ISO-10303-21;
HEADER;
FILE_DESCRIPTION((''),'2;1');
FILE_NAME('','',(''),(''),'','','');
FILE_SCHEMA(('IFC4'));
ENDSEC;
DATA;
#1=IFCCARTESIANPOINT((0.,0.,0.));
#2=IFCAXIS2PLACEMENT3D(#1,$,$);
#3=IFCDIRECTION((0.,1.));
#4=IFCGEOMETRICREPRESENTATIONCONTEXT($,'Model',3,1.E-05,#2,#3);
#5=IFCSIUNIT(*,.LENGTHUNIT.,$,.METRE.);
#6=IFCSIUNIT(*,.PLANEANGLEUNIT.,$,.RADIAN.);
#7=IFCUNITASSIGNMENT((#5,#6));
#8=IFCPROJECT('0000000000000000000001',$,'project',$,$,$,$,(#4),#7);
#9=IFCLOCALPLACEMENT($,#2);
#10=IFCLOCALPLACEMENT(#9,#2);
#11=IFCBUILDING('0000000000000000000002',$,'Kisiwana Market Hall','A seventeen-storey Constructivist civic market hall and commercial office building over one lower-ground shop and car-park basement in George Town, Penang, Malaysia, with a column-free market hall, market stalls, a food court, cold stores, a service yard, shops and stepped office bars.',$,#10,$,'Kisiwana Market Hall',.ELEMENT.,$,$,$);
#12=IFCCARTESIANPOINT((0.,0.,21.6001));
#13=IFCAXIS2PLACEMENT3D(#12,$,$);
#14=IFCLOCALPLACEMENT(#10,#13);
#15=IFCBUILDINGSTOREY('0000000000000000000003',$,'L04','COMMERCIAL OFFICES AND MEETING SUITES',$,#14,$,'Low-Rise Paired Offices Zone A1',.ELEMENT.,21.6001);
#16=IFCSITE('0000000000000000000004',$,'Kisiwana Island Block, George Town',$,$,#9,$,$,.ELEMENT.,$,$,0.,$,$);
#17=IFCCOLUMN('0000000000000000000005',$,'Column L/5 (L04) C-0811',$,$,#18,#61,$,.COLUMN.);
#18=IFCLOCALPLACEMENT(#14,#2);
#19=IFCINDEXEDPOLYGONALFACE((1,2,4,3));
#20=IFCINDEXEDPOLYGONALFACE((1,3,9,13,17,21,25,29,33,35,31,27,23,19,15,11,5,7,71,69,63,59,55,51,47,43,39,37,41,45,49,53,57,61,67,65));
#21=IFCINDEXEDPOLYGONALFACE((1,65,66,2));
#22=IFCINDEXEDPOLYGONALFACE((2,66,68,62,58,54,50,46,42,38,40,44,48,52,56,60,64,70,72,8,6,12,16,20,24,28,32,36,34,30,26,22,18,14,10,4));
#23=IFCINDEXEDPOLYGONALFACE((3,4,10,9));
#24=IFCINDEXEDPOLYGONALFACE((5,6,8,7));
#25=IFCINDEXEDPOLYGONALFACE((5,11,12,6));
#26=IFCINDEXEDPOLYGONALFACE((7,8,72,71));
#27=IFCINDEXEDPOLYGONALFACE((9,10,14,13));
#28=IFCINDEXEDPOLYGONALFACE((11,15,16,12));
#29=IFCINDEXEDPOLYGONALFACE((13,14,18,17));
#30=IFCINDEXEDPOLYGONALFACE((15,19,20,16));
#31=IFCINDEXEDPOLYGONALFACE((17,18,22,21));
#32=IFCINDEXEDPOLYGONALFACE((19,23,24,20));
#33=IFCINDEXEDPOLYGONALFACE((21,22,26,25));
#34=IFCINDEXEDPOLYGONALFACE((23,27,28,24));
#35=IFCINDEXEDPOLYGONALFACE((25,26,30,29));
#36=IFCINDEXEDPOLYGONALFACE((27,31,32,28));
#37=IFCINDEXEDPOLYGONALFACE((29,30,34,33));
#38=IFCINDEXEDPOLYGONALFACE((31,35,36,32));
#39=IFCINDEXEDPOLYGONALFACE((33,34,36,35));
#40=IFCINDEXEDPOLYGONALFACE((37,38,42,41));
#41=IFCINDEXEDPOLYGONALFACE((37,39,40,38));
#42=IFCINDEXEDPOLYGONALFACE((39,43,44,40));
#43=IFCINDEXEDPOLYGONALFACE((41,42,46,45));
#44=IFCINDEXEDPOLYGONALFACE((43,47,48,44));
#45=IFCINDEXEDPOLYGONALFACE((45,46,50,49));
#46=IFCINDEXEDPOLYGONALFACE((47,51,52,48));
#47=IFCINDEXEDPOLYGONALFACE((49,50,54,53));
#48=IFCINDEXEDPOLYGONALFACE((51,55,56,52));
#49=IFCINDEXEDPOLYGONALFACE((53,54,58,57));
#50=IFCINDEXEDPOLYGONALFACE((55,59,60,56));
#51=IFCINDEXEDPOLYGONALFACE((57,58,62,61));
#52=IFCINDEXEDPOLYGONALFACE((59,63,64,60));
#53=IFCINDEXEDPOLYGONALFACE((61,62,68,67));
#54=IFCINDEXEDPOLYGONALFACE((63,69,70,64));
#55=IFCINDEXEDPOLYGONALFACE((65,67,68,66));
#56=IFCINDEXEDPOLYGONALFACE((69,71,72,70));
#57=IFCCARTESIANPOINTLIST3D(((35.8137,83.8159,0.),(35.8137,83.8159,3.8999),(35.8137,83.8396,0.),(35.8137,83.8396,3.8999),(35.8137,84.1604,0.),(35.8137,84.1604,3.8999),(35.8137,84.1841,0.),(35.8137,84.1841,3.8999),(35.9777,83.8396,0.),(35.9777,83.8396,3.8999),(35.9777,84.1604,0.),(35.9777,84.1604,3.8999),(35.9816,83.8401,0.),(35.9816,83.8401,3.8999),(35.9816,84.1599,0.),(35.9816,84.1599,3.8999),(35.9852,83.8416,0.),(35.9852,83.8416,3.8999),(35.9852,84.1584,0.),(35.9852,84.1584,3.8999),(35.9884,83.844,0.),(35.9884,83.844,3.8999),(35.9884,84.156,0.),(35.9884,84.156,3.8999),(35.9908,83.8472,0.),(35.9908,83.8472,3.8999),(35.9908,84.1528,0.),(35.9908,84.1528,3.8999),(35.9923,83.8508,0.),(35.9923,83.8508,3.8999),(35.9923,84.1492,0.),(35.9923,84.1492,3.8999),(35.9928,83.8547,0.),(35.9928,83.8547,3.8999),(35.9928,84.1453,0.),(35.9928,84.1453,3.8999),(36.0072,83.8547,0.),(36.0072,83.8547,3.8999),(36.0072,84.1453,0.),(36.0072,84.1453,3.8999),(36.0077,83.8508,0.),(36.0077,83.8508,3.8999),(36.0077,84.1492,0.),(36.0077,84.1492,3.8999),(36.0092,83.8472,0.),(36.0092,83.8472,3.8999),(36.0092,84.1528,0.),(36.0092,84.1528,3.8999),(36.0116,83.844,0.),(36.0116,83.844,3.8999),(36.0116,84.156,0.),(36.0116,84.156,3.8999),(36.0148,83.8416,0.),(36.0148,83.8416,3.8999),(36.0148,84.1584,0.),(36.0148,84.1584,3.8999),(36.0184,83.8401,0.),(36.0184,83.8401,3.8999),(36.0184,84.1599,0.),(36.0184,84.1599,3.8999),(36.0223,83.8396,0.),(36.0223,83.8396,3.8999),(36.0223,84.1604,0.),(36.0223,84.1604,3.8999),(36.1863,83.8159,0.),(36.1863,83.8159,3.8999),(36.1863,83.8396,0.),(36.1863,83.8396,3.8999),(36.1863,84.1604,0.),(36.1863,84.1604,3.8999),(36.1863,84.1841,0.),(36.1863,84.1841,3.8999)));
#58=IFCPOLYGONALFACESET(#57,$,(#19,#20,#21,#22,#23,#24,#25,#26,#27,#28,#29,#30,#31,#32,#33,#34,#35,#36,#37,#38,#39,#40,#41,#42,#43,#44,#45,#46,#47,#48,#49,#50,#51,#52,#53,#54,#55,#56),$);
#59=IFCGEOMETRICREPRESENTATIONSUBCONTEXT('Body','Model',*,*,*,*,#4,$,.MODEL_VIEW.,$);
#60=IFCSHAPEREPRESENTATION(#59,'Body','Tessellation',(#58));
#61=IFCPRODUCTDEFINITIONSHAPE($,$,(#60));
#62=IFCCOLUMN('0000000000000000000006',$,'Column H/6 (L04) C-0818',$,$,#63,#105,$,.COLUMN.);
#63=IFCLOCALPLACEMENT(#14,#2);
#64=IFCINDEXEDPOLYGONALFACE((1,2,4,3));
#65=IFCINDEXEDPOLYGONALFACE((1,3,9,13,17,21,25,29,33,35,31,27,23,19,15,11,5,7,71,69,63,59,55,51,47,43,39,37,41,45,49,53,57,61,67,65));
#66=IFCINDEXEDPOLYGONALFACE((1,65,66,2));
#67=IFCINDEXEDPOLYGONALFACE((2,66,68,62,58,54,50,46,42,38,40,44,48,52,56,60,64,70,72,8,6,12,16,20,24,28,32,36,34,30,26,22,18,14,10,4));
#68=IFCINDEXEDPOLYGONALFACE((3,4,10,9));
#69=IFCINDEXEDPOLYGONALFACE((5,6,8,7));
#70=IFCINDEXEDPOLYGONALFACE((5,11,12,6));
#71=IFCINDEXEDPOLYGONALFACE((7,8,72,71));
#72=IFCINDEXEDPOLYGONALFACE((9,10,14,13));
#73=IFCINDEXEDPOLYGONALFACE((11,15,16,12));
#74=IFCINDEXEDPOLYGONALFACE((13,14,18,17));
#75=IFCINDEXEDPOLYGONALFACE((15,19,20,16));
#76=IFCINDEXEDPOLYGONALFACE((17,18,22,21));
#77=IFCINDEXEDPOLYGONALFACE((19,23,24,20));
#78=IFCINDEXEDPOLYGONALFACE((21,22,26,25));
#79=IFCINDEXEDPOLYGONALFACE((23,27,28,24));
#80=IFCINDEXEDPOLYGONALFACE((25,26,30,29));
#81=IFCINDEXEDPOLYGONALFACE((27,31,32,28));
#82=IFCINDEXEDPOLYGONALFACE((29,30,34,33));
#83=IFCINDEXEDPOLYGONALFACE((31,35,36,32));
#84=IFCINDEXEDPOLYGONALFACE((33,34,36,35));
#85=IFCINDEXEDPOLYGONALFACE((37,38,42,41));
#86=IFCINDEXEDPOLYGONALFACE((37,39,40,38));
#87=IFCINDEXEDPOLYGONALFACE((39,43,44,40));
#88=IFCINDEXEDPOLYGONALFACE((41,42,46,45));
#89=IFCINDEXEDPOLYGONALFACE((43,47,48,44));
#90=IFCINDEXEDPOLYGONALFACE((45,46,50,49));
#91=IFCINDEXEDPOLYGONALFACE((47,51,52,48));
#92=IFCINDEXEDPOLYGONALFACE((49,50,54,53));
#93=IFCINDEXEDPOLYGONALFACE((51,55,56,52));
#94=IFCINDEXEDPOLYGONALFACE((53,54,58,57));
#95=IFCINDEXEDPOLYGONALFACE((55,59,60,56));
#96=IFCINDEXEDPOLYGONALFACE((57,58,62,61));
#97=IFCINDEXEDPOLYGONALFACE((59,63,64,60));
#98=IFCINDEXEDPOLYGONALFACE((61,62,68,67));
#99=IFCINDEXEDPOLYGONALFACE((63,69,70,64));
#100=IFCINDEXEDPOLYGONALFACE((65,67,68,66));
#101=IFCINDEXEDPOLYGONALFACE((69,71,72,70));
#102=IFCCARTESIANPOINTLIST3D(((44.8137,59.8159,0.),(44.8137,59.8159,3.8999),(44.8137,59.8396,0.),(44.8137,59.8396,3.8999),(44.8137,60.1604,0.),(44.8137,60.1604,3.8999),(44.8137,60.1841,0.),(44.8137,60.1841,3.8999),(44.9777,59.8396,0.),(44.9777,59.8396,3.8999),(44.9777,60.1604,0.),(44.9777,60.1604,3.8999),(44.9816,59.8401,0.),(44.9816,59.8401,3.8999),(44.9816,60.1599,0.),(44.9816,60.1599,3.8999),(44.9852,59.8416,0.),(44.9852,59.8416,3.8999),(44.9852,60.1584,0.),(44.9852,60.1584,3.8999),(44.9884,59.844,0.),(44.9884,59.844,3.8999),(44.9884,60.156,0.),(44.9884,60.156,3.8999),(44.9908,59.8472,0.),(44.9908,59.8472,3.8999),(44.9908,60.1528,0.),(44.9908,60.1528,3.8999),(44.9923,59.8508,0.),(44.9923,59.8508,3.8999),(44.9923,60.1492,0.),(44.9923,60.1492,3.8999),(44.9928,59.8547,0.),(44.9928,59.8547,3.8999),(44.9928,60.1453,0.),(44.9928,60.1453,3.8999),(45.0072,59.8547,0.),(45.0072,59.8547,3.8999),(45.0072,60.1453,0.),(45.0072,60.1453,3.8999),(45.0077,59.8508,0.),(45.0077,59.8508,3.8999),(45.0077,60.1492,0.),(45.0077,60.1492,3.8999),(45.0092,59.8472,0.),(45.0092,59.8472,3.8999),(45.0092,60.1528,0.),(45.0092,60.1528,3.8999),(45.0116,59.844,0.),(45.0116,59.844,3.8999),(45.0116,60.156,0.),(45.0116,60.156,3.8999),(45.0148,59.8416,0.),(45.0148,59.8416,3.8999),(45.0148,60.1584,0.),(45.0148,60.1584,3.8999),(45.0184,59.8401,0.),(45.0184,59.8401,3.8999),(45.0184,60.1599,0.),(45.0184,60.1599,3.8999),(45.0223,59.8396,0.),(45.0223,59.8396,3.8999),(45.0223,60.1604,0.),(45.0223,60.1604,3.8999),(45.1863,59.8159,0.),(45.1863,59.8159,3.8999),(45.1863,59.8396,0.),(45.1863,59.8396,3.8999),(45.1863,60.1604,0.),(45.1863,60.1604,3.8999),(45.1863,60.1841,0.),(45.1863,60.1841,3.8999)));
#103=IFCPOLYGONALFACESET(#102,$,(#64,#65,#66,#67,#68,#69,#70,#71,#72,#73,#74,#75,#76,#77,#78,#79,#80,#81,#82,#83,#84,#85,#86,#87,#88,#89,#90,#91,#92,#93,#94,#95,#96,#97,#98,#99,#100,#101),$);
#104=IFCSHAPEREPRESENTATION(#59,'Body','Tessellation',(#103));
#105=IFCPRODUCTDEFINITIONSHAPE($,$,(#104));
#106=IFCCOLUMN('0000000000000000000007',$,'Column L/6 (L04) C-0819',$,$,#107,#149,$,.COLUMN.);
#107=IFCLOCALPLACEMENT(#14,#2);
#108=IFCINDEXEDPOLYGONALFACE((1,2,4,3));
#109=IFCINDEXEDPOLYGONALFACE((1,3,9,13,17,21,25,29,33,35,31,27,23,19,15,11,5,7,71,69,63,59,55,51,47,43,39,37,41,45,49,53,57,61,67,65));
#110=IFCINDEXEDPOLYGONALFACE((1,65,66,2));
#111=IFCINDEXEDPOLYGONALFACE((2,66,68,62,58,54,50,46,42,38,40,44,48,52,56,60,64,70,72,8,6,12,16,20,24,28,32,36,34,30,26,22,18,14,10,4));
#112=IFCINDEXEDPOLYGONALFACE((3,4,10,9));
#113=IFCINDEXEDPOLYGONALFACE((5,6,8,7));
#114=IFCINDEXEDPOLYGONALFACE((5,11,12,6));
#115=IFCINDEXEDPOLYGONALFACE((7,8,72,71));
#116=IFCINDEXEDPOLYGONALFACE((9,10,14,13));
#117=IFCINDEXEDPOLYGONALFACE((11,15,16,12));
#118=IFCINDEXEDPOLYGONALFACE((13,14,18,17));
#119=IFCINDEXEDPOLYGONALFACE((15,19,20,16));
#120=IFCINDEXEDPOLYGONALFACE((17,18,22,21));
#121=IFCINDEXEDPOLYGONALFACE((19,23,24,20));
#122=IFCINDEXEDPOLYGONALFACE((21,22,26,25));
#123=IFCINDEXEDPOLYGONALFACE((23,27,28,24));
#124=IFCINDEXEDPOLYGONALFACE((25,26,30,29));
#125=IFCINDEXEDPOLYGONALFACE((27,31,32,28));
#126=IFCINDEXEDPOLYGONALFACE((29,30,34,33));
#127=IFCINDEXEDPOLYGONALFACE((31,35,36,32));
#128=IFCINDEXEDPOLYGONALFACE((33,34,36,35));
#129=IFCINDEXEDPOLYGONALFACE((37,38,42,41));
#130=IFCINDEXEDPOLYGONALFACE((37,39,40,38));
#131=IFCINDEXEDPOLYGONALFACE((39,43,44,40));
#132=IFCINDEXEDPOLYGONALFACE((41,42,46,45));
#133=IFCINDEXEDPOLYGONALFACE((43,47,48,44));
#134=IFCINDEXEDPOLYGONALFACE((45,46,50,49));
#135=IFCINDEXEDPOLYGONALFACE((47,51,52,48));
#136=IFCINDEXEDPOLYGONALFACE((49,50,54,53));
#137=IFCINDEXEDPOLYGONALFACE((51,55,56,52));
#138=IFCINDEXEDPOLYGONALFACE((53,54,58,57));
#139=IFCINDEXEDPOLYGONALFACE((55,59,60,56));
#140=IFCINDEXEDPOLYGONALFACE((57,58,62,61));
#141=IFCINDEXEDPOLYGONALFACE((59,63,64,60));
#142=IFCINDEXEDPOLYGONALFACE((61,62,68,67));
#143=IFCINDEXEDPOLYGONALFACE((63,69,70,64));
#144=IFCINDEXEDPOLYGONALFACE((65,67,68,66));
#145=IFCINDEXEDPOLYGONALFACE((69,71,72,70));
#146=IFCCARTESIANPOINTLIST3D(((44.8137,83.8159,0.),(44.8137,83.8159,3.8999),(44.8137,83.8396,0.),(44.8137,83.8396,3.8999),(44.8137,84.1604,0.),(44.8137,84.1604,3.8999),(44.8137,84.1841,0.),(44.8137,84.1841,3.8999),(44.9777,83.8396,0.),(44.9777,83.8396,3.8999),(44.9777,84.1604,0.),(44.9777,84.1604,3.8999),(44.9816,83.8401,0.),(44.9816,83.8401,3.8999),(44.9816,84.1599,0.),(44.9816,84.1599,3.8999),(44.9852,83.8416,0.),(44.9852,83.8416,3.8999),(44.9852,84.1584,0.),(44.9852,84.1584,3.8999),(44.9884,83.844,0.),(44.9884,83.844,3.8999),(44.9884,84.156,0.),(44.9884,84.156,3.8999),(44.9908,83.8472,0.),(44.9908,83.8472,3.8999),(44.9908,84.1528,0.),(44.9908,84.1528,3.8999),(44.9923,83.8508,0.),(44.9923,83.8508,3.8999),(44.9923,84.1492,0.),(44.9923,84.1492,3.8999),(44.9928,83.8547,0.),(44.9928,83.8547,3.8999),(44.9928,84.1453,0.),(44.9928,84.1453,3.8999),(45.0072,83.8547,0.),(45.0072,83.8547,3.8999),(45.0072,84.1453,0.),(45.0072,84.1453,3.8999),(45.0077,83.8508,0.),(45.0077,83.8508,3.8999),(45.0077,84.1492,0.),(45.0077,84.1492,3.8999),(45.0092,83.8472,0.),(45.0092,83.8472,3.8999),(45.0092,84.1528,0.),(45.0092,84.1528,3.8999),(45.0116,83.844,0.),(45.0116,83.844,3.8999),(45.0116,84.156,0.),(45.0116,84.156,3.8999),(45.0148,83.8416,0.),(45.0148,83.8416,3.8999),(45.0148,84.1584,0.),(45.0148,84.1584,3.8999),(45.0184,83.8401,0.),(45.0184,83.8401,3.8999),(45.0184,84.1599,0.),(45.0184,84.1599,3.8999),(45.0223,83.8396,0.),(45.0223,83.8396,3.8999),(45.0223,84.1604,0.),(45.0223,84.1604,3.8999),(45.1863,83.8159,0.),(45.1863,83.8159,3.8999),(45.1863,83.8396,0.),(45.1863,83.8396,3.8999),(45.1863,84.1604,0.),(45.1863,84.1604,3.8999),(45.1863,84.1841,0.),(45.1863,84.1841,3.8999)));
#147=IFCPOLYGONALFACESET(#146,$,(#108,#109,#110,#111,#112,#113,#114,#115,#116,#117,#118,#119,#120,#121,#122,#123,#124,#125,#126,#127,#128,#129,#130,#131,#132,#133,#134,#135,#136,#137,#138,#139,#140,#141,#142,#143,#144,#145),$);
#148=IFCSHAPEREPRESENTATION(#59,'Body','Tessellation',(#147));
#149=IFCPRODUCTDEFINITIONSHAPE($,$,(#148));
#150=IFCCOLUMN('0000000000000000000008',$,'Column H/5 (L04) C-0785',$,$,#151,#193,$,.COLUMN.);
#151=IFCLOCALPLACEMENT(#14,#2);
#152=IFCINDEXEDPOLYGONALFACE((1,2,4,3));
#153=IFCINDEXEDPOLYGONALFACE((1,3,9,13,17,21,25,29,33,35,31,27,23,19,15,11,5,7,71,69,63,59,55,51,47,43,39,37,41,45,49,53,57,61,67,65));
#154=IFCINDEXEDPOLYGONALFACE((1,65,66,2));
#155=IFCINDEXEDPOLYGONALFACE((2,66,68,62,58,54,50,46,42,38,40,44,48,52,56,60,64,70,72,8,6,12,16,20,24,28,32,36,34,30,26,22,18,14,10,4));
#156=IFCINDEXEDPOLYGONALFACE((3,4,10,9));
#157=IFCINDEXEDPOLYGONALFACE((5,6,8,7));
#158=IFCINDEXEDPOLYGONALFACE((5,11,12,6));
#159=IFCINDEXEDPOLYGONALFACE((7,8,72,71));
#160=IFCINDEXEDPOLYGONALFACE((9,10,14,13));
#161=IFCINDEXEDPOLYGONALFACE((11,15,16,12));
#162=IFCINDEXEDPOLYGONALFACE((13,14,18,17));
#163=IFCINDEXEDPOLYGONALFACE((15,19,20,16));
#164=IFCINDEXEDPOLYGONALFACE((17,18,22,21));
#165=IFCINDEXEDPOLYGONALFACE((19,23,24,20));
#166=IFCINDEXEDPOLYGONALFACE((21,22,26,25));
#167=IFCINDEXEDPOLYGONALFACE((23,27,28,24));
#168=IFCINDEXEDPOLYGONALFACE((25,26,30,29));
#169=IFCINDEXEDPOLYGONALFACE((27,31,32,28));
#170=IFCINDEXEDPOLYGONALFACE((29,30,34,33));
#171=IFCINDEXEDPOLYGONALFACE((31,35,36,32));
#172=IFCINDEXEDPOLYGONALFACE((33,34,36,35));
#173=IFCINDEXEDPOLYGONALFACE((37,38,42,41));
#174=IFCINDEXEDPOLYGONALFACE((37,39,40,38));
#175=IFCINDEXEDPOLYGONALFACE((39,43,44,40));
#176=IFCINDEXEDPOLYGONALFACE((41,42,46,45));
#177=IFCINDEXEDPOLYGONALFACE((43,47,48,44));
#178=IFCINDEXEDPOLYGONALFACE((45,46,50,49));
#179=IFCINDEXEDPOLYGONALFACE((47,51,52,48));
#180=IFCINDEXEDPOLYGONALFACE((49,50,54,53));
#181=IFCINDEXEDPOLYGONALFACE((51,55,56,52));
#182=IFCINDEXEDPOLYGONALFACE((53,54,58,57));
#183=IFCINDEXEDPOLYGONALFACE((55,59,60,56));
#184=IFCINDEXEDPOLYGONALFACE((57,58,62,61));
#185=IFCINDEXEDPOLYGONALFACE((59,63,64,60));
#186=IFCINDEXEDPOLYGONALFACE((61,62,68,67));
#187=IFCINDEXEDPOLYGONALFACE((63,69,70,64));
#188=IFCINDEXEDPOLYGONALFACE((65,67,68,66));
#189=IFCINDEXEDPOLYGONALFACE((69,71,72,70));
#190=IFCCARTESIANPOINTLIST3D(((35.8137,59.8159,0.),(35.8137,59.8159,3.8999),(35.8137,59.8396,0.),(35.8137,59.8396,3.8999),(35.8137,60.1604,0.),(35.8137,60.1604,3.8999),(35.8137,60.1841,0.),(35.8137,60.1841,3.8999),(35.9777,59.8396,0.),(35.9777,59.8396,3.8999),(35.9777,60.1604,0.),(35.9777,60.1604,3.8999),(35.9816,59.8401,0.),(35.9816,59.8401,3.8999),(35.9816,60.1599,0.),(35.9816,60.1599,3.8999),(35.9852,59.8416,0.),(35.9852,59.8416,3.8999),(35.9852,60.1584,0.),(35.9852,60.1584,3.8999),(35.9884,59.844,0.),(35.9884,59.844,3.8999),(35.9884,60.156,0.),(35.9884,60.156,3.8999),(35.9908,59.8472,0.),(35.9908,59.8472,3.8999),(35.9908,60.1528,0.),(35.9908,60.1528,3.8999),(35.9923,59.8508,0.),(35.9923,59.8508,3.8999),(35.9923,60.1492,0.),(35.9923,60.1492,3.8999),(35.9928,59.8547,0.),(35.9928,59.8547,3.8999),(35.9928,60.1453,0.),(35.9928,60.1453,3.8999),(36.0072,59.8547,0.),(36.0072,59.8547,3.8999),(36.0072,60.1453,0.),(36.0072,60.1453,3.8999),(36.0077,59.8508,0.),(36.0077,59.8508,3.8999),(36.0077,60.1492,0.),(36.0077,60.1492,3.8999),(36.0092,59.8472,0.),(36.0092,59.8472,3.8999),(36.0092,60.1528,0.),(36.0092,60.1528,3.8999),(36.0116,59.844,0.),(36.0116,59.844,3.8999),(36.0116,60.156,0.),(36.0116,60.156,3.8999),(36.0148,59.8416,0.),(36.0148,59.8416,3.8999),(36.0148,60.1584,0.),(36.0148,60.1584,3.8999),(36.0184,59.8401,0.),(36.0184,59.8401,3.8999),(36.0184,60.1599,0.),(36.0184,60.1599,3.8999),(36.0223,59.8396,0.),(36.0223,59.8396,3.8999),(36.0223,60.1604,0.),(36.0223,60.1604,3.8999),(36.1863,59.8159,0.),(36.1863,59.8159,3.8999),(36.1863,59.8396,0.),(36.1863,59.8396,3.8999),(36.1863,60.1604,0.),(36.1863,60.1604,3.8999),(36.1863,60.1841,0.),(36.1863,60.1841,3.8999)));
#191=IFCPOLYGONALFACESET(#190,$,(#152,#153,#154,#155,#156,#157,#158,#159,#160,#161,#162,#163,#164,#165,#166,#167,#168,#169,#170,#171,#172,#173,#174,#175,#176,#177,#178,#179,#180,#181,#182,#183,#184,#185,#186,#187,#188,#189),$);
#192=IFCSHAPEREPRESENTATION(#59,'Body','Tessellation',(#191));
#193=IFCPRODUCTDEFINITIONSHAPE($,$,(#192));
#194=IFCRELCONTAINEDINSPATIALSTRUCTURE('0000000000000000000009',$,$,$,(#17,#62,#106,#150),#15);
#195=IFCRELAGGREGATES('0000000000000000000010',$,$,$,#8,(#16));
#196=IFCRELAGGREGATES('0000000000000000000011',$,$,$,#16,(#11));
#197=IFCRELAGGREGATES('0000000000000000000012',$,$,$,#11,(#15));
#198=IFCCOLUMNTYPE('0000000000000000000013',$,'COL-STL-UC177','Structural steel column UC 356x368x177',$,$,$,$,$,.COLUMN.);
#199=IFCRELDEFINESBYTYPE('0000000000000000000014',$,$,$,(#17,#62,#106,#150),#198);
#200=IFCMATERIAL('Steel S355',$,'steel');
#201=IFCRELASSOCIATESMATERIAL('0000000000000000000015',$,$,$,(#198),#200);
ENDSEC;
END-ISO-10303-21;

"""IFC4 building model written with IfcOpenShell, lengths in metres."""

from ifc_helpers import new_model, si_unit, direction, frame, origin, origin_2d, place, context, subcontext, project, spatial, i_section, extrude, material, material_profile, profile_set, type_object, element, save


model = new_model("IFC4")

# Units and contexts
model_context = context("Model", 3, precision=1e-05, world=origin(), true_north=direction((0.0, 1.0)))
body_context = subcontext(model_context, "Body", "Model", "MODEL_VIEW")
ifc_project = project(units=[si_unit("LENGTHUNIT", "METRE"), si_unit("PLANEANGLEUNIT", "RADIAN")], contexts=[model_context])

# Site, building, storey
site_placement = place(None, origin())
site = spatial("IfcSite", under=ifc_project, at=site_placement, Name="Kisiwana Island Block, George Town", CompositionType="ELEMENT", RefElevation=0.0)
building_placement = place(site_placement, origin())
building = spatial("IfcBuilding", under=site, at=building_placement, Name="Kisiwana Market Hall", Description="A seventeen-storey Constructivist civic market hall and commercial office building over one lower-ground shop and car-park basement in George Town, Penang, Malaysia, with a column-free market hall, market stalls, a food court, cold stores, a service yard, shops and stepped office bars.", LongName="Kisiwana Market Hall", CompositionType="ELEMENT")
storey_placement = place(building_placement, frame((0.0, 0.0, 21.6001)))
storey = spatial("IfcBuildingStorey", under=building, at=storey_placement, Name="L04", Description="COMMERCIAL OFFICES AND MEETING SUITES", LongName="Low-Rise Paired Offices Zone A1", CompositionType="ELEMENT", Elevation=21.6001)

# Columns
ifc_material_1 = material(Name="Steel S355", Category="steel")
ifc_material_profile_1 = material_profile(ifc_material_1, i_section(OverallWidth=0.3726, OverallDepth=0.3682, WebThickness=0.0144, FlangeThickness=0.0237, FilletRadius=0.0151, at=origin_2d()), Name="UC 356x368x177")
ifc_profile_set_1 = profile_set([ifc_material_profile_1], Name="Steel S355")
column_type = type_object("IfcColumnType", Name="COL-STL-UC177", Description="Structural steel column UC 356x368x177", PredefinedType="COLUMN", material=ifc_profile_set_1)
for number, where, z_axis, x_axis, name in (
    (1, (36.0, 84.0, 0.0), (0.0, 0.0, 1.0), (1.0, 0.0, 0.0), "Column L/5 (L04) C-0811"),
    (2, (45.0, 60.0, 0.0), (0.0, 0.0, 1.0), (1.0, 0.0, 0.0), "Column H/6 (L04) C-0818"),
    (3, (45.0, 84.0, 0.0), (0.0, 0.0, 1.0), (1.0, 0.0, 0.0), "Column L/6 (L04) C-0819"),
    (4, (36.0, 60.0, 0.0), (0.0, 0.0, 1.0), (1.0, 0.0, 0.0), "Column H/5 (L04) C-0785"),
):
    element("IfcColumn", number, at=place(storey_placement, frame(where, z_axis=z_axis, x_axis=x_axis)), inside=storey, type_object=column_type, Name=name, PredefinedType="COLUMN", context=body_context, shape_type="SweptSolid", body=[
        extrude(i_section(OverallWidth=0.3726, OverallDepth=0.3682, WebThickness=0.0144, FlangeThickness=0.0237, FilletRadius=0.0151, at=origin_2d()), origin(), (0.0, 0.0, 1.0), 3.8999),
    ])

save(model, "model.ifc")
